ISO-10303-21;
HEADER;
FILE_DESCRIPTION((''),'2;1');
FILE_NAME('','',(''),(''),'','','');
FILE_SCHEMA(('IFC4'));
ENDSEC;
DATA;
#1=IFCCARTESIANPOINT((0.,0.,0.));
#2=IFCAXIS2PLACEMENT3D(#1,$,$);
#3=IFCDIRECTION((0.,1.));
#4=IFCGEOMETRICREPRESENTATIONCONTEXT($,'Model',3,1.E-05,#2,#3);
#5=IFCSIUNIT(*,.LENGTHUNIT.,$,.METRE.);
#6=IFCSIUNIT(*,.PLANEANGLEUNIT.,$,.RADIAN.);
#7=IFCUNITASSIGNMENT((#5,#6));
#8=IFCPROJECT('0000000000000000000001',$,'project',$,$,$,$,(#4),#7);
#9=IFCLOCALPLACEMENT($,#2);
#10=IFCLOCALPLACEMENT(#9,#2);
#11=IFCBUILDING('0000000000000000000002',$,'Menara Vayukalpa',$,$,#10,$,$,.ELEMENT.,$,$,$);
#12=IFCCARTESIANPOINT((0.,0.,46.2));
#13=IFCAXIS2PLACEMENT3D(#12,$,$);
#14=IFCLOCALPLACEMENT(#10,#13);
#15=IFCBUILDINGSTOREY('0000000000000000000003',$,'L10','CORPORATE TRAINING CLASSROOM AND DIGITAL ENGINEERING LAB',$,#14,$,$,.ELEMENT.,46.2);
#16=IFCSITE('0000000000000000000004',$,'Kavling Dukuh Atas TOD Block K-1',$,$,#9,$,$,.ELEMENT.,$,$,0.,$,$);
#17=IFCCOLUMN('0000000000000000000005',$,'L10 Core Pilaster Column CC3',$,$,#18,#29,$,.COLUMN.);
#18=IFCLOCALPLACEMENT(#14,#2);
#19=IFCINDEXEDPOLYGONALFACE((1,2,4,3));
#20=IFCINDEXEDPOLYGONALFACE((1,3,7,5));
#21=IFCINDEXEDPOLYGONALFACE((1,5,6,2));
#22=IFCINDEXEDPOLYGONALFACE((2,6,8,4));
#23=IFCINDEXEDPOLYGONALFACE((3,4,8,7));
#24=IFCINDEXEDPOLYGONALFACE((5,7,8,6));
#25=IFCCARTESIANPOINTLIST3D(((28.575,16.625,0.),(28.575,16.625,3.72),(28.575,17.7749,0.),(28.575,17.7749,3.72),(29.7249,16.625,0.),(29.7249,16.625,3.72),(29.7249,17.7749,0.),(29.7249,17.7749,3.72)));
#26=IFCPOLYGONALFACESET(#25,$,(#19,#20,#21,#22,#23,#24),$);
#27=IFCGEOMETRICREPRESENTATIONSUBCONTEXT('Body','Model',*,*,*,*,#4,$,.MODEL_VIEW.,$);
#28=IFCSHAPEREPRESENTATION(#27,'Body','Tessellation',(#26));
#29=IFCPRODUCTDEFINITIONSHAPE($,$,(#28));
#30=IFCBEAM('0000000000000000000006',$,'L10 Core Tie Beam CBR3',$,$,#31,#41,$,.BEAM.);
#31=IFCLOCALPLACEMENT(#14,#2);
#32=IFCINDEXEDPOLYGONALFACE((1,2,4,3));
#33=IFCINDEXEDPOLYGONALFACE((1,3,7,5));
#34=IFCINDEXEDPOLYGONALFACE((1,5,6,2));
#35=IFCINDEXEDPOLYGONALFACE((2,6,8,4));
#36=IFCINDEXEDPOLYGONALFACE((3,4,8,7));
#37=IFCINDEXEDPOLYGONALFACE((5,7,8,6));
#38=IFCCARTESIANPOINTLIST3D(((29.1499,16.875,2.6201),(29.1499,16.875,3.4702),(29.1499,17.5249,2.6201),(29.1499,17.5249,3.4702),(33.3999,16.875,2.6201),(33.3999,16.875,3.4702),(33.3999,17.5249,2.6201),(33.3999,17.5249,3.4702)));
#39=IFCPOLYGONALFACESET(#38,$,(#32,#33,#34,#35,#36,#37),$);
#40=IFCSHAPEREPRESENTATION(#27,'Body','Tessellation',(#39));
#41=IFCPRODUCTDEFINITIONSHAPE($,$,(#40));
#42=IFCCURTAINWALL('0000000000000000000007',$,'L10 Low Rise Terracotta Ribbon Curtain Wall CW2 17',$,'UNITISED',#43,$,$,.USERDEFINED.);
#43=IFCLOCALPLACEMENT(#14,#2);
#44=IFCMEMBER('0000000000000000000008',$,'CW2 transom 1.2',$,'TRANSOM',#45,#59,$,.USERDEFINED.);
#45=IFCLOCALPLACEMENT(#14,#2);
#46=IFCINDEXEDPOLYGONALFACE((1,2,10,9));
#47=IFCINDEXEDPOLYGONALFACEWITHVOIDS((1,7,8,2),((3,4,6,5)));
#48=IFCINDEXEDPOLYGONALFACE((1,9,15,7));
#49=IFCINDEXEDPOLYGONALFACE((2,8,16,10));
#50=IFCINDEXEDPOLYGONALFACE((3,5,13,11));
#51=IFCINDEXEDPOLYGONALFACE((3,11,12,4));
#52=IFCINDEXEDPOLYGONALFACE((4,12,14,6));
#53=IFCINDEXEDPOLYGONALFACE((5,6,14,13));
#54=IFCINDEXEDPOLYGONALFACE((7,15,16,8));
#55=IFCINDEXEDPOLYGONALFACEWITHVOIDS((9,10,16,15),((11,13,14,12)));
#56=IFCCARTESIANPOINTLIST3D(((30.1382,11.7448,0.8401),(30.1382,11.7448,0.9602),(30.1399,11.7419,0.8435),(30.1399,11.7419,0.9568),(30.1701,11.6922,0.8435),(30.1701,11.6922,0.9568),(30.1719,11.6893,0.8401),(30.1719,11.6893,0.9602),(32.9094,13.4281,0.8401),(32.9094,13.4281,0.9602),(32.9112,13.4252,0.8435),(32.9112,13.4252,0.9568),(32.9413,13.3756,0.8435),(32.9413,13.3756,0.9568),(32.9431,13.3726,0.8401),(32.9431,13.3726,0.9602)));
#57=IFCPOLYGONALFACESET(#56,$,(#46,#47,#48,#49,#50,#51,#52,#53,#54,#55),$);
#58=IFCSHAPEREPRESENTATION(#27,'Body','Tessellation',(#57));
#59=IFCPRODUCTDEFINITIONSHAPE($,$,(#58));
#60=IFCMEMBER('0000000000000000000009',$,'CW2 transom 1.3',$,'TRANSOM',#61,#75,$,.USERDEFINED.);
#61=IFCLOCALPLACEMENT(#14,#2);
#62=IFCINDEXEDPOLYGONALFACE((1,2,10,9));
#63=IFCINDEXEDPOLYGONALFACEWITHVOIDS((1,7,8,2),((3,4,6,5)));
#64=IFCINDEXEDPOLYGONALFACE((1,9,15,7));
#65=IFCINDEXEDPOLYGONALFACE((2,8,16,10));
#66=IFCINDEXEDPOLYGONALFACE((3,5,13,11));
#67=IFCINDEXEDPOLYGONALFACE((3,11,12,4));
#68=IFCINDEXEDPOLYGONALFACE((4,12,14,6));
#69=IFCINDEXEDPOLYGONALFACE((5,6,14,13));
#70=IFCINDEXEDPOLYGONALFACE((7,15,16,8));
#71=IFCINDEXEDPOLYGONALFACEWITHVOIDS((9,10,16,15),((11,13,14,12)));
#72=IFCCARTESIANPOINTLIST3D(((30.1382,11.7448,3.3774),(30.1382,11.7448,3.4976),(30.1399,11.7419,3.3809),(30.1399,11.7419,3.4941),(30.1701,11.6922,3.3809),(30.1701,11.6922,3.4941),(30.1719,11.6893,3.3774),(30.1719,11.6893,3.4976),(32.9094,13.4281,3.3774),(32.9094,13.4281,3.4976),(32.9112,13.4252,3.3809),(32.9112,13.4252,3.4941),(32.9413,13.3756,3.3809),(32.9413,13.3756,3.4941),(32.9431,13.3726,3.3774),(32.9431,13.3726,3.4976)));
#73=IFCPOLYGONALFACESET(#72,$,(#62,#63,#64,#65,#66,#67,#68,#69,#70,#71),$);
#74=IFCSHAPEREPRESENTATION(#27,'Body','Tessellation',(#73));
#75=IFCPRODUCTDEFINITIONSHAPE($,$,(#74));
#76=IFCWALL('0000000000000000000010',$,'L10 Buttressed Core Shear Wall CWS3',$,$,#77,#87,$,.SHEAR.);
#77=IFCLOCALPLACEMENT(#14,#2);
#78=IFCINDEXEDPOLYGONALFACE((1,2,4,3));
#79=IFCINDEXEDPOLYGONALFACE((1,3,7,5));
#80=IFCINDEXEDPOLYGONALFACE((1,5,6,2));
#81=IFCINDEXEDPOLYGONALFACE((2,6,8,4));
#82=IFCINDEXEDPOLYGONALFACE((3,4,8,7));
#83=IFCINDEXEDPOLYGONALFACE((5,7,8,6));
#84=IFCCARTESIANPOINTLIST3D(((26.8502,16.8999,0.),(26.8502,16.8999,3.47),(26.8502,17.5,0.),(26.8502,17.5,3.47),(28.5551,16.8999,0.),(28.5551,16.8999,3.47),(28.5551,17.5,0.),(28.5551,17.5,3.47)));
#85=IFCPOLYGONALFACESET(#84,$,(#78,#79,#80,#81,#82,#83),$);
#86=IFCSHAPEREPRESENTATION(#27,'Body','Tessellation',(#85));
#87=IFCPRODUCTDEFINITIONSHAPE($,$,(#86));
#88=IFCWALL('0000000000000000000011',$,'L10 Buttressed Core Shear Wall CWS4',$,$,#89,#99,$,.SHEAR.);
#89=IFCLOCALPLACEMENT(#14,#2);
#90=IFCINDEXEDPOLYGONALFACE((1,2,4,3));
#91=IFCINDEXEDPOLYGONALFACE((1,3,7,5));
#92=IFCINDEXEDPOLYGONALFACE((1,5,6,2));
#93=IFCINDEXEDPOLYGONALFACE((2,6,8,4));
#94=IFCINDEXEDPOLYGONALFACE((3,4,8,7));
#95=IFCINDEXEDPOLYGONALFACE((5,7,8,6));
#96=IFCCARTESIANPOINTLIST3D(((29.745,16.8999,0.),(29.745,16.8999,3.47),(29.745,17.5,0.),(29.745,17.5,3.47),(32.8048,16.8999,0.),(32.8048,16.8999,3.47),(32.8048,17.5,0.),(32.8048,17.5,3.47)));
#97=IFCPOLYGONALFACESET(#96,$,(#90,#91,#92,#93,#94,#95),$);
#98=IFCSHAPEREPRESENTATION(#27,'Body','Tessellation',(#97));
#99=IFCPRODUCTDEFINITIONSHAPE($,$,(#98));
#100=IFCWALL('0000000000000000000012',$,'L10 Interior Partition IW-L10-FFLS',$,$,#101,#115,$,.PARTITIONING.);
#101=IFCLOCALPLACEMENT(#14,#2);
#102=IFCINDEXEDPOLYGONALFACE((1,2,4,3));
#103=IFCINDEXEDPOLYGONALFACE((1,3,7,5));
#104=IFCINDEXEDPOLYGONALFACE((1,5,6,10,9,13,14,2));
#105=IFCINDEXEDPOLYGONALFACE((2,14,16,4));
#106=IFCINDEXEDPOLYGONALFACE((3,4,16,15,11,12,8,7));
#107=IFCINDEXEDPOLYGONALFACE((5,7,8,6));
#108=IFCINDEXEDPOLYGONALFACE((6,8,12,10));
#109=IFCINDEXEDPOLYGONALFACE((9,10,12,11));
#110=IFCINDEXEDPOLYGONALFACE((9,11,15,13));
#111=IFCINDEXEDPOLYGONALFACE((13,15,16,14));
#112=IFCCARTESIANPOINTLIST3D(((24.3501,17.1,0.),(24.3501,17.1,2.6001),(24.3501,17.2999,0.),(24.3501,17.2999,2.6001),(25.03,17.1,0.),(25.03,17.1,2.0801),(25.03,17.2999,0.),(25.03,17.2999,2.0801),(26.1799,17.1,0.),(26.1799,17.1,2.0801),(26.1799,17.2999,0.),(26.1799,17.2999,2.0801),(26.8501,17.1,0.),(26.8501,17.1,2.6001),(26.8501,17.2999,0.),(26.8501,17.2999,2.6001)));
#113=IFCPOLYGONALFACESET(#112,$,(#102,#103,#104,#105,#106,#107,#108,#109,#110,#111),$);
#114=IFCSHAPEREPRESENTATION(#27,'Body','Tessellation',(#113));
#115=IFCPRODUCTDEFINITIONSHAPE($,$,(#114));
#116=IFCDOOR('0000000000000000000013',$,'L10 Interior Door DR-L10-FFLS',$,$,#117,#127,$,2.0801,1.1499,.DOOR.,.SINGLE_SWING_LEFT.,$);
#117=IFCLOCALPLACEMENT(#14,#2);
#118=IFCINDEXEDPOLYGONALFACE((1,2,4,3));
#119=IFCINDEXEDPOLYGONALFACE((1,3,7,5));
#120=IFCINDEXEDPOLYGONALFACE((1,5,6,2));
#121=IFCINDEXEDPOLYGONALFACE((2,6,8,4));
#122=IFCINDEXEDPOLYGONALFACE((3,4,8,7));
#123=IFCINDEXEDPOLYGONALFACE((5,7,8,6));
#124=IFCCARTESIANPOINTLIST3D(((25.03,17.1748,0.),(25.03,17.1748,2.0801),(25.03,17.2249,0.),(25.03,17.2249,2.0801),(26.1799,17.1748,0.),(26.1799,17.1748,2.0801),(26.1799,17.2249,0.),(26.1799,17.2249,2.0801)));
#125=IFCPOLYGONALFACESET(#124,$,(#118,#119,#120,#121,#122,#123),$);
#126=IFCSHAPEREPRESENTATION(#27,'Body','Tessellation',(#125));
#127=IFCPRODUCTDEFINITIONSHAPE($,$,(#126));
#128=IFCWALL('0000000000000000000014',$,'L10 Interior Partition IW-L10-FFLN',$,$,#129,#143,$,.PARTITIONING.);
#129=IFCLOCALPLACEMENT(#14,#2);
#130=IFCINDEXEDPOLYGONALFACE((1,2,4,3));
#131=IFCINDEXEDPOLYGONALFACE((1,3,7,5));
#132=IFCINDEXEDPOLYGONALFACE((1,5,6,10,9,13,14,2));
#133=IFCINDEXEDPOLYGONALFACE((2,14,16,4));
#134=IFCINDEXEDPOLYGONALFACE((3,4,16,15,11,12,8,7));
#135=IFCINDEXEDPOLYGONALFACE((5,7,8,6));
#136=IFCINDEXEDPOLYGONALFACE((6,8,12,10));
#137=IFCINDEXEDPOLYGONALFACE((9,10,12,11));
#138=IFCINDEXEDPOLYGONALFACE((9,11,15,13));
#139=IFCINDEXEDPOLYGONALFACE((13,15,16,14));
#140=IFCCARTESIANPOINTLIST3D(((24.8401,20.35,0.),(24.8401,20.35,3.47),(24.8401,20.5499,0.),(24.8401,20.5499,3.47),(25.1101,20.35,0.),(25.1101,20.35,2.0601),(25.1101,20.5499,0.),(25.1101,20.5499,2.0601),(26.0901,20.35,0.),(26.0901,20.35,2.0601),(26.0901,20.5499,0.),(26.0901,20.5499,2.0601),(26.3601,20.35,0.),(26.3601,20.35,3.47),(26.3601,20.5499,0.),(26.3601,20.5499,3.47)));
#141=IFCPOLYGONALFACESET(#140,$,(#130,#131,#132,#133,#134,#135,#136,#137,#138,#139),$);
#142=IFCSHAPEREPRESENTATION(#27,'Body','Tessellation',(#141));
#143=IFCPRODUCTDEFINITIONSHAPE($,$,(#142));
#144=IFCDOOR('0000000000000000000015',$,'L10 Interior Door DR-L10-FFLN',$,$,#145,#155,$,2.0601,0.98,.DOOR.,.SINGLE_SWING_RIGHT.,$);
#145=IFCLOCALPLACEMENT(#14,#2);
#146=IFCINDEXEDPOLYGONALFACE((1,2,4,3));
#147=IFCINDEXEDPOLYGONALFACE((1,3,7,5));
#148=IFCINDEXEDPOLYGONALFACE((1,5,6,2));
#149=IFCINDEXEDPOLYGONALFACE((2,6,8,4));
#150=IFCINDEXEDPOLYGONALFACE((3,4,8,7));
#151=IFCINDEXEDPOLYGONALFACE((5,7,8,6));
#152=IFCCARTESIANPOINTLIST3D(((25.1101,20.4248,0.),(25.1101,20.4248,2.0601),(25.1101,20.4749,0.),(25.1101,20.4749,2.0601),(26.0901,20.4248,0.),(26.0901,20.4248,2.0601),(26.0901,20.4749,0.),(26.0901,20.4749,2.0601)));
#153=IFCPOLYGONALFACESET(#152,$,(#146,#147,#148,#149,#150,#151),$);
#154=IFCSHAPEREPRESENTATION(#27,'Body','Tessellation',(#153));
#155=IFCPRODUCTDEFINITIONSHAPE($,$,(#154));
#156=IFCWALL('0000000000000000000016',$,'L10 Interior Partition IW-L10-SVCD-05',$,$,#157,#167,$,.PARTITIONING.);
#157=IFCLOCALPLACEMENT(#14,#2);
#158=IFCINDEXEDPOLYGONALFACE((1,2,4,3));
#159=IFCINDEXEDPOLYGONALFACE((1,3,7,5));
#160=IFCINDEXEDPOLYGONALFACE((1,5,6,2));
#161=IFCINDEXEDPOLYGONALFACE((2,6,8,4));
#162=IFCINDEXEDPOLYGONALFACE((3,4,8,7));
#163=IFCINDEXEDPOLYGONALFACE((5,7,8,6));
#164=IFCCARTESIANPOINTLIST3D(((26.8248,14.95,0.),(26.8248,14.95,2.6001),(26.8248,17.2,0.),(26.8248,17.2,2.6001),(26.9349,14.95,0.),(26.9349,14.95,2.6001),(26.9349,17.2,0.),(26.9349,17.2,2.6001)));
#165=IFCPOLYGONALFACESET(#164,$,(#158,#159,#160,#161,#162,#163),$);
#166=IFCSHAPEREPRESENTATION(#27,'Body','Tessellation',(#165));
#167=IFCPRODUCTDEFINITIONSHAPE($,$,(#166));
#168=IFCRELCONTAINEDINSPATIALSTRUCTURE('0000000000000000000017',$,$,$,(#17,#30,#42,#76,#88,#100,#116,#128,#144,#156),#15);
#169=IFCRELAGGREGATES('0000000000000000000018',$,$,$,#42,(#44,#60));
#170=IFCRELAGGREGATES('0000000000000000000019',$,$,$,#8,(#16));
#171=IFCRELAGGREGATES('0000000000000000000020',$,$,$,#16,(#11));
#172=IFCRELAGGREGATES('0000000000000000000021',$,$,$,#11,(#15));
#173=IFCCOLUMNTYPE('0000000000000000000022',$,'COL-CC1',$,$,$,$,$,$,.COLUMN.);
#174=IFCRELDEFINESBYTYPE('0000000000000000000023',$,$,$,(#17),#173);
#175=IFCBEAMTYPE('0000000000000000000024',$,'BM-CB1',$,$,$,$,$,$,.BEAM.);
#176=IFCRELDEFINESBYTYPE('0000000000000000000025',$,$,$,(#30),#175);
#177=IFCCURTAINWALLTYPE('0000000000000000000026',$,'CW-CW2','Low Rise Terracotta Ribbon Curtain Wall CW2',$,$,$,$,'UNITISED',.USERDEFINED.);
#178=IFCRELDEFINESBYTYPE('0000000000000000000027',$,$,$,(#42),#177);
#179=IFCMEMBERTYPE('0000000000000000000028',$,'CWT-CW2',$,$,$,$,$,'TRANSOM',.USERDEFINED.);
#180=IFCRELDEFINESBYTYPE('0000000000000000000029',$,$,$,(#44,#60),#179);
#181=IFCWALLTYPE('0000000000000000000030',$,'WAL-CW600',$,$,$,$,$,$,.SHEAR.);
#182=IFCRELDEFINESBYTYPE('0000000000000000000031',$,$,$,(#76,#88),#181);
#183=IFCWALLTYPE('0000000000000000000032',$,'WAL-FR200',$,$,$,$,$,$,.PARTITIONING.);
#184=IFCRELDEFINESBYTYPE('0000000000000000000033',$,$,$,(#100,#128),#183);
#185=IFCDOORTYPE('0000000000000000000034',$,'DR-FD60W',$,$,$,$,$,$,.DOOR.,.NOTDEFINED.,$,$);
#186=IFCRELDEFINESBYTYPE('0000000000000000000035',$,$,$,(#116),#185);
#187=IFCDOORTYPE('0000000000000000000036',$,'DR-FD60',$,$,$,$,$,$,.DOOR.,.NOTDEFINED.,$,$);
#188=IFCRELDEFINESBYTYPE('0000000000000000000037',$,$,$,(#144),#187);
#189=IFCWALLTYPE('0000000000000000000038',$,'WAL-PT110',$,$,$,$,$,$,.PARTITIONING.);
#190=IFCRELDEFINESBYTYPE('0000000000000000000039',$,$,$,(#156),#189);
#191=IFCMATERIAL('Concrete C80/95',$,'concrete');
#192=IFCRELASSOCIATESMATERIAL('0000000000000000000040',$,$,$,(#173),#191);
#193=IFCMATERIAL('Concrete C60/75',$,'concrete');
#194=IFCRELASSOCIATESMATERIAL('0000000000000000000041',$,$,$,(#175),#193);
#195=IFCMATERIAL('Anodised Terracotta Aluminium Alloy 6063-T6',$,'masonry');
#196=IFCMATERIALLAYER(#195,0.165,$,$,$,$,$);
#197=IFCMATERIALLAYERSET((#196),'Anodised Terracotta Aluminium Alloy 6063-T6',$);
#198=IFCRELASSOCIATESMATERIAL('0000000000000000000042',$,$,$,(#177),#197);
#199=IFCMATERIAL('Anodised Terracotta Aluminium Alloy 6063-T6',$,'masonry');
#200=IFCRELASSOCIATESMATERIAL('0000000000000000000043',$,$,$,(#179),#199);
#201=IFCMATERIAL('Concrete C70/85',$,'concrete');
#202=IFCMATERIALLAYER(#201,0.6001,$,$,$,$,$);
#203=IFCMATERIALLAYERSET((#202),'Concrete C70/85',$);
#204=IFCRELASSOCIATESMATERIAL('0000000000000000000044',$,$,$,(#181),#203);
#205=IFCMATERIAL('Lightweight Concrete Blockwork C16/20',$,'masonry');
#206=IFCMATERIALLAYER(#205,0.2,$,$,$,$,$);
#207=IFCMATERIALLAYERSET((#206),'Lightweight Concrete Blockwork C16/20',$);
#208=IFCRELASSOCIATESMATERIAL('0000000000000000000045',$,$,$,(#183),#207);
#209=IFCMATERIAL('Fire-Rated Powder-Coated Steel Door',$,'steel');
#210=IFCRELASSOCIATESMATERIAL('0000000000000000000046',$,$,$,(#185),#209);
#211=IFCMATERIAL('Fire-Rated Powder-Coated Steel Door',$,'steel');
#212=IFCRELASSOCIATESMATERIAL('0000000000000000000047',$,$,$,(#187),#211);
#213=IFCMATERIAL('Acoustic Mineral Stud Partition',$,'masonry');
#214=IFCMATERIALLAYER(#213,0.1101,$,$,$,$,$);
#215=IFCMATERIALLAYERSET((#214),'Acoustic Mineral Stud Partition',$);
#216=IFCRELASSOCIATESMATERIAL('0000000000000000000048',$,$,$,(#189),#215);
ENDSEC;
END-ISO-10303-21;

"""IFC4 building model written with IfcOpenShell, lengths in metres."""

from ifc_helpers import new_model, si_unit, direction, frame, frame_2d, origin, origin_2d, place, context, subcontext, project, spatial, rectangle, hollow_rectangle, extrude, material, layer, layer_set, material_profile, profile_set, type_object, element, fill, aggregate, save


model = new_model("IFC4")

# Units and contexts
model_context = context("Model", 3, precision=1e-05, world=origin(), true_north=direction((0.0, 1.0)))
body_context = subcontext(model_context, "Body", "Model", "MODEL_VIEW")
ifc_project = project(units=[si_unit("LENGTHUNIT", "METRE"), si_unit("PLANEANGLEUNIT", "RADIAN")], contexts=[model_context])

# Site, building, storey
site_placement = place(None, origin())
site = spatial("IfcSite", under=ifc_project, at=site_placement, Name="Kavling Dukuh Atas TOD Block K-1", CompositionType="ELEMENT", RefElevation=0.0)
building_placement = place(site_placement, origin())
building = spatial("IfcBuilding", under=site, at=building_placement, Name="Menara Vayukalpa", CompositionType="ELEMENT")
storey_placement = place(building_placement, frame((0.0, 0.0, 46.2)))
storey = spatial("IfcBuildingStorey", under=building, at=storey_placement, Name="L10", Description="CORPORATE TRAINING CLASSROOM AND DIGITAL ENGINEERING LAB", CompositionType="ELEMENT", Elevation=46.2)

# Column
ifc_material_1 = material(Name="Concrete C80/95", Category="concrete")
ifc_material_profile_1 = material_profile(ifc_material_1, rectangle(XDim=1.1499, YDim=1.1499, at=origin_2d()), Name="RC 1150x1150")
ifc_profile_set_1 = profile_set([ifc_material_profile_1], Name="Concrete C80/95")
column_type = type_object("IfcColumnType", Name="COL-CC1", PredefinedType="COLUMN", material=ifc_profile_set_1)
column_placement = place(storey_placement, frame((29.1499, 17.2, 0.0), z_axis=(0.0, 0.0, 1.0), x_axis=(1.0, 0.0, 0.0)))
element("IfcColumn", 1, at=column_placement, inside=storey, type_object=column_type, Name="L10 Core Pilaster Column CC3", PredefinedType="COLUMN", context=body_context, shape_type="SweptSolid", body=[
    extrude(rectangle(XDim=1.1499, YDim=1.1499, at=origin_2d()), origin(), (0.0, 0.0, 1.0), 3.72),
])

# Beam
ifc_material_2 = material(Name="Concrete C60/75", Category="concrete")
ifc_material_profile_2 = material_profile(ifc_material_2, rectangle(XDim=0.6499, YDim=0.8501, at=origin_2d()), Name="RC 650x850")
ifc_profile_set_2 = profile_set([ifc_material_profile_2], Name="Concrete C60/75")
beam_type = type_object("IfcBeamType", Name="BM-CB1", PredefinedType="BEAM", material=ifc_profile_set_2)
beam_placement = place(storey_placement, frame((29.1499, 17.2, 3.0452), z_axis=(1.0, 0.0, 0.0), x_axis=(0.0, 1.0, 0.0)))
element("IfcBeam", 2, at=beam_placement, inside=storey, type_object=beam_type, Name="L10 Core Tie Beam CBR3", PredefinedType="BEAM", context=body_context, shape_type="SweptSolid", body=[
    extrude(rectangle(XDim=0.6499, YDim=0.8501, at=origin_2d()), origin(), (0.0, 0.0, 1.0), 4.25),
])

# Curtain wall, members
ifc_material_3 = material(Name="Anodised Terracotta Aluminium Alloy 6063-T6", Category="masonry")
ifc_layer_1 = layer(ifc_material_3, 0.165)
ifc_layer_set_1 = layer_set([ifc_layer_1], Name="Anodised Terracotta Aluminium Alloy 6063-T6")
curtain_wall_type = type_object("IfcCurtainWallType", Name="CW-CW2", Description="Low Rise Terracotta Ribbon Curtain Wall CW2", ElementType="UNITISED", PredefinedType="USERDEFINED", material=ifc_layer_set_1)
curtain_wall_placement = place(storey_placement, origin())
curtain_wall = element("IfcCurtainWall", 3, at=curtain_wall_placement, inside=storey, type_object=curtain_wall_type, Name="L10 Low Rise Terracotta Ribbon Curtain Wall CW2 17", ObjectType="UNITISED", PredefinedType="USERDEFINED")
ifc_material_4 = material(Name="Anodised Terracotta Aluminium Alloy 6063-T6", Category="masonry")
ifc_material_profile_3 = material_profile(ifc_material_4, hollow_rectangle(XDim=0.0649, YDim=0.1201, WallThickness=0.0034, at=origin_2d()), Name="ALU 65x120x3.5")
ifc_profile_set_3 = profile_set([ifc_material_profile_3], Name="Anodised Terracotta Aluminium Alloy 6063-T6")
member_type = type_object("IfcMemberType", Name="CWT-CW2", ElementType="TRANSOM", PredefinedType="USERDEFINED", material=ifc_profile_set_3)
member_1_placement = place(storey_placement, frame((30.155, 11.717, 0.9001), z_axis=(0.854677, 0.519161, 0.0), x_axis=(-0.519161, 0.854677, 0.0)))
member_1 = element("IfcMember", 4, at=member_1_placement, type_object=member_type, Name="CW2 transom 1.2", ObjectType="TRANSOM", PredefinedType="USERDEFINED", context=body_context, shape_type="SweptSolid", body=[
    extrude(hollow_rectangle(XDim=0.0649, YDim=0.1201, WallThickness=0.0034, at=origin_2d()), origin(), (0.0, 0.0, 1.0), 3.2424),
])
member_2_placement = place(storey_placement, frame((30.155, 11.717, 3.4375), z_axis=(0.854677, 0.519161, 0.0), x_axis=(-0.519161, 0.854677, 0.0)))
member_2 = element("IfcMember", 5, at=member_2_placement, type_object=member_type, Name="CW2 transom 1.3", ObjectType="TRANSOM", PredefinedType="USERDEFINED", context=body_context, shape_type="SweptSolid", body=[
    extrude(hollow_rectangle(XDim=0.0649, YDim=0.1201, WallThickness=0.0034, at=origin_2d()), origin(), (0.0, 0.0, 1.0), 3.2424),
])
aggregate(curtain_wall, [member_1, member_2])

# Walls
ifc_material_5 = material(Name="Concrete C70/85", Category="concrete")
ifc_layer_2 = layer(ifc_material_5, 0.6001)
ifc_layer_set_2 = layer_set([ifc_layer_2], Name="Concrete C70/85")
wall_type_1 = type_object("IfcWallType", Name="WAL-CW600", PredefinedType="SHEAR", material=ifc_layer_set_2)
wall_1_placement = place(storey_placement, frame((26.8501, 17.2, 0.0), z_axis=(0.0, 0.0, 1.0), x_axis=(1.0, 0.0, 0.0)))
element("IfcWall", 6, at=wall_1_placement, inside=storey, type_object=wall_type_1, Name="L10 Buttressed Core Shear Wall CWS3", PredefinedType="SHEAR", context=body_context, shape_type="SweptSolid", body=[
    extrude(rectangle(XDim=1.7048, YDim=0.6001, at=frame_2d((0.8525, 0.0))), origin(), (0.0, 0.0, 1.0), 3.47),
])
wall_2_placement = place(storey_placement, frame((29.7451, 17.2, 0.0), z_axis=(0.0, 0.0, 1.0), x_axis=(1.0, 0.0, 0.0)))
element("IfcWall", 7, at=wall_2_placement, inside=storey, type_object=wall_type_1, Name="L10 Buttressed Core Shear Wall CWS4", PredefinedType="SHEAR", context=body_context, shape_type="SweptSolid", body=[
    extrude(rectangle(XDim=3.0598, YDim=0.6001, at=frame_2d((1.5298, 0.0))), origin(), (0.0, 0.0, 1.0), 3.47),
])

# Walls, openings, doors
ifc_material_6 = material(Name="Lightweight Concrete Blockwork C16/20", Category="masonry")
ifc_layer_3 = layer(ifc_material_6, 0.2)
ifc_layer_set_3 = layer_set([ifc_layer_3], Name="Lightweight Concrete Blockwork C16/20")
wall_type_2 = type_object("IfcWallType", Name="WAL-FR200", PredefinedType="PARTITIONING", material=ifc_layer_set_3)
wall_3_placement = place(storey_placement, frame((24.3501, 17.2, 0.0), z_axis=(0.0, 0.0, 1.0), x_axis=(1.0, 0.0, 0.0)))
wall_3 = element("IfcWall", 8, at=wall_3_placement, inside=storey, type_object=wall_type_2, Name="L10 Interior Partition IW-L10-FFLS", PredefinedType="PARTITIONING", context=body_context, shape_type="SweptSolid", body=[
    extrude(rectangle(XDim=2.5, YDim=0.2, at=frame_2d((1.25, 0.0))), origin(), (0.0, 0.0, 1.0), 2.6001),
])
opening_1_placement = place(wall_3_placement, frame((0.6799, 0.0, 0.0)))
opening_1 = element("IfcOpeningElement", 9, at=opening_1_placement, cuts=wall_3, PredefinedType="OPENING", context=body_context, shape_type="SweptSolid", body=[
    extrude(rectangle(XDim=1.1499, YDim=2.0801, at=frame_2d((0.575, 1.04))), frame((0.0, 0.1099, 0.0), z_axis=(0.0, -1.0, 0.0), x_axis=(1.0, 0.0, 0.0)), (0.0, 0.0, 1.0), 0.22),
])
ifc_material_7 = material(Name="Fire-Rated Powder-Coated Steel Door", Category="steel")
door_type_1 = type_object("IfcDoorType", Name="DR-FD60W", OperationType="NOTDEFINED", PredefinedType="DOOR", material=ifc_material_7)
door_1_placement = place(opening_1_placement, origin())
door_1 = element("IfcDoor", 10, at=door_1_placement, inside=storey, type_object=door_type_1, Name="L10 Interior Door DR-L10-FFLS", OperationType="SINGLE_SWING_LEFT", OverallHeight=2.0801, OverallWidth=1.1499, PredefinedType="DOOR", context=body_context, shape_type="SweptSolid", body=[
    extrude(rectangle(XDim=1.1499, YDim=2.0801, at=frame_2d((0.575, 1.04))), frame((0.0, 0.0249, 0.0), z_axis=(0.0, -1.0, 0.0), x_axis=(1.0, 0.0, 0.0)), (0.0, 0.0, 1.0), 0.05),
])
fill(opening_1, door_1)
wall_4_placement = place(storey_placement, frame((24.8401, 20.45, 0.0), z_axis=(0.0, 0.0, 1.0), x_axis=(1.0, 0.0, 0.0)))
wall_4 = element("IfcWall", 11, at=wall_4_placement, inside=storey, type_object=wall_type_2, Name="L10 Interior Partition IW-L10-FFLN", PredefinedType="PARTITIONING", context=body_context, shape_type="SweptSolid", body=[
    extrude(rectangle(XDim=1.52, YDim=0.2, at=frame_2d((0.76, 0.0))), origin(), (0.0, 0.0, 1.0), 3.47),
])
opening_2_placement = place(wall_4_placement, frame((0.27, 0.0, 0.0)))
opening_2 = element("IfcOpeningElement", 12, at=opening_2_placement, cuts=wall_4, PredefinedType="OPENING", context=body_context, shape_type="SweptSolid", body=[
    extrude(rectangle(XDim=0.98, YDim=2.0601, at=frame_2d((0.49, 1.03))), frame((0.0, 0.1099, 0.0), z_axis=(0.0, -1.0, 0.0), x_axis=(1.0, 0.0, 0.0)), (0.0, 0.0, 1.0), 0.22),
])
ifc_material_8 = material(Name="Fire-Rated Powder-Coated Steel Door", Category="steel")
door_type_2 = type_object("IfcDoorType", Name="DR-FD60", OperationType="NOTDEFINED", PredefinedType="DOOR", material=ifc_material_8)
door_2_placement = place(opening_2_placement, origin())
door_2 = element("IfcDoor", 13, at=door_2_placement, inside=storey, type_object=door_type_2, Name="L10 Interior Door DR-L10-FFLN", OperationType="SINGLE_SWING_RIGHT", OverallHeight=2.0601, OverallWidth=0.98, PredefinedType="DOOR", context=body_context, shape_type="SweptSolid", body=[
    extrude(rectangle(XDim=0.98, YDim=2.0601, at=frame_2d((0.49, 1.03))), frame((0.0, 0.0249, 0.0), z_axis=(0.0, -1.0, 0.0), x_axis=(1.0, 0.0, 0.0)), (0.0, 0.0, 1.0), 0.05),
])
fill(opening_2, door_2)

# Wall
ifc_material_9 = material(Name="Acoustic Mineral Stud Partition", Category="masonry")
ifc_layer_4 = layer(ifc_material_9, 0.1101)
ifc_layer_set_4 = layer_set([ifc_layer_4], Name="Acoustic Mineral Stud Partition")
wall_type_3 = type_object("IfcWallType", Name="WAL-PT110", PredefinedType="PARTITIONING", material=ifc_layer_set_4)
wall_5_placement = place(storey_placement, frame((26.8799, 14.95, 0.0), z_axis=(0.0, 0.0, 1.0), x_axis=(0.0, 1.0, 0.0)))
element("IfcWall", 14, at=wall_5_placement, inside=storey, type_object=wall_type_3, Name="L10 Interior Partition IW-L10-SVCD-05", PredefinedType="PARTITIONING", context=body_context, shape_type="SweptSolid", body=[
    extrude(rectangle(XDim=2.25, YDim=0.1101, at=frame_2d((1.125, 0.0))), origin(), (0.0, 0.0, 1.0), 2.6001),
])

save(model, "model.ifc")
